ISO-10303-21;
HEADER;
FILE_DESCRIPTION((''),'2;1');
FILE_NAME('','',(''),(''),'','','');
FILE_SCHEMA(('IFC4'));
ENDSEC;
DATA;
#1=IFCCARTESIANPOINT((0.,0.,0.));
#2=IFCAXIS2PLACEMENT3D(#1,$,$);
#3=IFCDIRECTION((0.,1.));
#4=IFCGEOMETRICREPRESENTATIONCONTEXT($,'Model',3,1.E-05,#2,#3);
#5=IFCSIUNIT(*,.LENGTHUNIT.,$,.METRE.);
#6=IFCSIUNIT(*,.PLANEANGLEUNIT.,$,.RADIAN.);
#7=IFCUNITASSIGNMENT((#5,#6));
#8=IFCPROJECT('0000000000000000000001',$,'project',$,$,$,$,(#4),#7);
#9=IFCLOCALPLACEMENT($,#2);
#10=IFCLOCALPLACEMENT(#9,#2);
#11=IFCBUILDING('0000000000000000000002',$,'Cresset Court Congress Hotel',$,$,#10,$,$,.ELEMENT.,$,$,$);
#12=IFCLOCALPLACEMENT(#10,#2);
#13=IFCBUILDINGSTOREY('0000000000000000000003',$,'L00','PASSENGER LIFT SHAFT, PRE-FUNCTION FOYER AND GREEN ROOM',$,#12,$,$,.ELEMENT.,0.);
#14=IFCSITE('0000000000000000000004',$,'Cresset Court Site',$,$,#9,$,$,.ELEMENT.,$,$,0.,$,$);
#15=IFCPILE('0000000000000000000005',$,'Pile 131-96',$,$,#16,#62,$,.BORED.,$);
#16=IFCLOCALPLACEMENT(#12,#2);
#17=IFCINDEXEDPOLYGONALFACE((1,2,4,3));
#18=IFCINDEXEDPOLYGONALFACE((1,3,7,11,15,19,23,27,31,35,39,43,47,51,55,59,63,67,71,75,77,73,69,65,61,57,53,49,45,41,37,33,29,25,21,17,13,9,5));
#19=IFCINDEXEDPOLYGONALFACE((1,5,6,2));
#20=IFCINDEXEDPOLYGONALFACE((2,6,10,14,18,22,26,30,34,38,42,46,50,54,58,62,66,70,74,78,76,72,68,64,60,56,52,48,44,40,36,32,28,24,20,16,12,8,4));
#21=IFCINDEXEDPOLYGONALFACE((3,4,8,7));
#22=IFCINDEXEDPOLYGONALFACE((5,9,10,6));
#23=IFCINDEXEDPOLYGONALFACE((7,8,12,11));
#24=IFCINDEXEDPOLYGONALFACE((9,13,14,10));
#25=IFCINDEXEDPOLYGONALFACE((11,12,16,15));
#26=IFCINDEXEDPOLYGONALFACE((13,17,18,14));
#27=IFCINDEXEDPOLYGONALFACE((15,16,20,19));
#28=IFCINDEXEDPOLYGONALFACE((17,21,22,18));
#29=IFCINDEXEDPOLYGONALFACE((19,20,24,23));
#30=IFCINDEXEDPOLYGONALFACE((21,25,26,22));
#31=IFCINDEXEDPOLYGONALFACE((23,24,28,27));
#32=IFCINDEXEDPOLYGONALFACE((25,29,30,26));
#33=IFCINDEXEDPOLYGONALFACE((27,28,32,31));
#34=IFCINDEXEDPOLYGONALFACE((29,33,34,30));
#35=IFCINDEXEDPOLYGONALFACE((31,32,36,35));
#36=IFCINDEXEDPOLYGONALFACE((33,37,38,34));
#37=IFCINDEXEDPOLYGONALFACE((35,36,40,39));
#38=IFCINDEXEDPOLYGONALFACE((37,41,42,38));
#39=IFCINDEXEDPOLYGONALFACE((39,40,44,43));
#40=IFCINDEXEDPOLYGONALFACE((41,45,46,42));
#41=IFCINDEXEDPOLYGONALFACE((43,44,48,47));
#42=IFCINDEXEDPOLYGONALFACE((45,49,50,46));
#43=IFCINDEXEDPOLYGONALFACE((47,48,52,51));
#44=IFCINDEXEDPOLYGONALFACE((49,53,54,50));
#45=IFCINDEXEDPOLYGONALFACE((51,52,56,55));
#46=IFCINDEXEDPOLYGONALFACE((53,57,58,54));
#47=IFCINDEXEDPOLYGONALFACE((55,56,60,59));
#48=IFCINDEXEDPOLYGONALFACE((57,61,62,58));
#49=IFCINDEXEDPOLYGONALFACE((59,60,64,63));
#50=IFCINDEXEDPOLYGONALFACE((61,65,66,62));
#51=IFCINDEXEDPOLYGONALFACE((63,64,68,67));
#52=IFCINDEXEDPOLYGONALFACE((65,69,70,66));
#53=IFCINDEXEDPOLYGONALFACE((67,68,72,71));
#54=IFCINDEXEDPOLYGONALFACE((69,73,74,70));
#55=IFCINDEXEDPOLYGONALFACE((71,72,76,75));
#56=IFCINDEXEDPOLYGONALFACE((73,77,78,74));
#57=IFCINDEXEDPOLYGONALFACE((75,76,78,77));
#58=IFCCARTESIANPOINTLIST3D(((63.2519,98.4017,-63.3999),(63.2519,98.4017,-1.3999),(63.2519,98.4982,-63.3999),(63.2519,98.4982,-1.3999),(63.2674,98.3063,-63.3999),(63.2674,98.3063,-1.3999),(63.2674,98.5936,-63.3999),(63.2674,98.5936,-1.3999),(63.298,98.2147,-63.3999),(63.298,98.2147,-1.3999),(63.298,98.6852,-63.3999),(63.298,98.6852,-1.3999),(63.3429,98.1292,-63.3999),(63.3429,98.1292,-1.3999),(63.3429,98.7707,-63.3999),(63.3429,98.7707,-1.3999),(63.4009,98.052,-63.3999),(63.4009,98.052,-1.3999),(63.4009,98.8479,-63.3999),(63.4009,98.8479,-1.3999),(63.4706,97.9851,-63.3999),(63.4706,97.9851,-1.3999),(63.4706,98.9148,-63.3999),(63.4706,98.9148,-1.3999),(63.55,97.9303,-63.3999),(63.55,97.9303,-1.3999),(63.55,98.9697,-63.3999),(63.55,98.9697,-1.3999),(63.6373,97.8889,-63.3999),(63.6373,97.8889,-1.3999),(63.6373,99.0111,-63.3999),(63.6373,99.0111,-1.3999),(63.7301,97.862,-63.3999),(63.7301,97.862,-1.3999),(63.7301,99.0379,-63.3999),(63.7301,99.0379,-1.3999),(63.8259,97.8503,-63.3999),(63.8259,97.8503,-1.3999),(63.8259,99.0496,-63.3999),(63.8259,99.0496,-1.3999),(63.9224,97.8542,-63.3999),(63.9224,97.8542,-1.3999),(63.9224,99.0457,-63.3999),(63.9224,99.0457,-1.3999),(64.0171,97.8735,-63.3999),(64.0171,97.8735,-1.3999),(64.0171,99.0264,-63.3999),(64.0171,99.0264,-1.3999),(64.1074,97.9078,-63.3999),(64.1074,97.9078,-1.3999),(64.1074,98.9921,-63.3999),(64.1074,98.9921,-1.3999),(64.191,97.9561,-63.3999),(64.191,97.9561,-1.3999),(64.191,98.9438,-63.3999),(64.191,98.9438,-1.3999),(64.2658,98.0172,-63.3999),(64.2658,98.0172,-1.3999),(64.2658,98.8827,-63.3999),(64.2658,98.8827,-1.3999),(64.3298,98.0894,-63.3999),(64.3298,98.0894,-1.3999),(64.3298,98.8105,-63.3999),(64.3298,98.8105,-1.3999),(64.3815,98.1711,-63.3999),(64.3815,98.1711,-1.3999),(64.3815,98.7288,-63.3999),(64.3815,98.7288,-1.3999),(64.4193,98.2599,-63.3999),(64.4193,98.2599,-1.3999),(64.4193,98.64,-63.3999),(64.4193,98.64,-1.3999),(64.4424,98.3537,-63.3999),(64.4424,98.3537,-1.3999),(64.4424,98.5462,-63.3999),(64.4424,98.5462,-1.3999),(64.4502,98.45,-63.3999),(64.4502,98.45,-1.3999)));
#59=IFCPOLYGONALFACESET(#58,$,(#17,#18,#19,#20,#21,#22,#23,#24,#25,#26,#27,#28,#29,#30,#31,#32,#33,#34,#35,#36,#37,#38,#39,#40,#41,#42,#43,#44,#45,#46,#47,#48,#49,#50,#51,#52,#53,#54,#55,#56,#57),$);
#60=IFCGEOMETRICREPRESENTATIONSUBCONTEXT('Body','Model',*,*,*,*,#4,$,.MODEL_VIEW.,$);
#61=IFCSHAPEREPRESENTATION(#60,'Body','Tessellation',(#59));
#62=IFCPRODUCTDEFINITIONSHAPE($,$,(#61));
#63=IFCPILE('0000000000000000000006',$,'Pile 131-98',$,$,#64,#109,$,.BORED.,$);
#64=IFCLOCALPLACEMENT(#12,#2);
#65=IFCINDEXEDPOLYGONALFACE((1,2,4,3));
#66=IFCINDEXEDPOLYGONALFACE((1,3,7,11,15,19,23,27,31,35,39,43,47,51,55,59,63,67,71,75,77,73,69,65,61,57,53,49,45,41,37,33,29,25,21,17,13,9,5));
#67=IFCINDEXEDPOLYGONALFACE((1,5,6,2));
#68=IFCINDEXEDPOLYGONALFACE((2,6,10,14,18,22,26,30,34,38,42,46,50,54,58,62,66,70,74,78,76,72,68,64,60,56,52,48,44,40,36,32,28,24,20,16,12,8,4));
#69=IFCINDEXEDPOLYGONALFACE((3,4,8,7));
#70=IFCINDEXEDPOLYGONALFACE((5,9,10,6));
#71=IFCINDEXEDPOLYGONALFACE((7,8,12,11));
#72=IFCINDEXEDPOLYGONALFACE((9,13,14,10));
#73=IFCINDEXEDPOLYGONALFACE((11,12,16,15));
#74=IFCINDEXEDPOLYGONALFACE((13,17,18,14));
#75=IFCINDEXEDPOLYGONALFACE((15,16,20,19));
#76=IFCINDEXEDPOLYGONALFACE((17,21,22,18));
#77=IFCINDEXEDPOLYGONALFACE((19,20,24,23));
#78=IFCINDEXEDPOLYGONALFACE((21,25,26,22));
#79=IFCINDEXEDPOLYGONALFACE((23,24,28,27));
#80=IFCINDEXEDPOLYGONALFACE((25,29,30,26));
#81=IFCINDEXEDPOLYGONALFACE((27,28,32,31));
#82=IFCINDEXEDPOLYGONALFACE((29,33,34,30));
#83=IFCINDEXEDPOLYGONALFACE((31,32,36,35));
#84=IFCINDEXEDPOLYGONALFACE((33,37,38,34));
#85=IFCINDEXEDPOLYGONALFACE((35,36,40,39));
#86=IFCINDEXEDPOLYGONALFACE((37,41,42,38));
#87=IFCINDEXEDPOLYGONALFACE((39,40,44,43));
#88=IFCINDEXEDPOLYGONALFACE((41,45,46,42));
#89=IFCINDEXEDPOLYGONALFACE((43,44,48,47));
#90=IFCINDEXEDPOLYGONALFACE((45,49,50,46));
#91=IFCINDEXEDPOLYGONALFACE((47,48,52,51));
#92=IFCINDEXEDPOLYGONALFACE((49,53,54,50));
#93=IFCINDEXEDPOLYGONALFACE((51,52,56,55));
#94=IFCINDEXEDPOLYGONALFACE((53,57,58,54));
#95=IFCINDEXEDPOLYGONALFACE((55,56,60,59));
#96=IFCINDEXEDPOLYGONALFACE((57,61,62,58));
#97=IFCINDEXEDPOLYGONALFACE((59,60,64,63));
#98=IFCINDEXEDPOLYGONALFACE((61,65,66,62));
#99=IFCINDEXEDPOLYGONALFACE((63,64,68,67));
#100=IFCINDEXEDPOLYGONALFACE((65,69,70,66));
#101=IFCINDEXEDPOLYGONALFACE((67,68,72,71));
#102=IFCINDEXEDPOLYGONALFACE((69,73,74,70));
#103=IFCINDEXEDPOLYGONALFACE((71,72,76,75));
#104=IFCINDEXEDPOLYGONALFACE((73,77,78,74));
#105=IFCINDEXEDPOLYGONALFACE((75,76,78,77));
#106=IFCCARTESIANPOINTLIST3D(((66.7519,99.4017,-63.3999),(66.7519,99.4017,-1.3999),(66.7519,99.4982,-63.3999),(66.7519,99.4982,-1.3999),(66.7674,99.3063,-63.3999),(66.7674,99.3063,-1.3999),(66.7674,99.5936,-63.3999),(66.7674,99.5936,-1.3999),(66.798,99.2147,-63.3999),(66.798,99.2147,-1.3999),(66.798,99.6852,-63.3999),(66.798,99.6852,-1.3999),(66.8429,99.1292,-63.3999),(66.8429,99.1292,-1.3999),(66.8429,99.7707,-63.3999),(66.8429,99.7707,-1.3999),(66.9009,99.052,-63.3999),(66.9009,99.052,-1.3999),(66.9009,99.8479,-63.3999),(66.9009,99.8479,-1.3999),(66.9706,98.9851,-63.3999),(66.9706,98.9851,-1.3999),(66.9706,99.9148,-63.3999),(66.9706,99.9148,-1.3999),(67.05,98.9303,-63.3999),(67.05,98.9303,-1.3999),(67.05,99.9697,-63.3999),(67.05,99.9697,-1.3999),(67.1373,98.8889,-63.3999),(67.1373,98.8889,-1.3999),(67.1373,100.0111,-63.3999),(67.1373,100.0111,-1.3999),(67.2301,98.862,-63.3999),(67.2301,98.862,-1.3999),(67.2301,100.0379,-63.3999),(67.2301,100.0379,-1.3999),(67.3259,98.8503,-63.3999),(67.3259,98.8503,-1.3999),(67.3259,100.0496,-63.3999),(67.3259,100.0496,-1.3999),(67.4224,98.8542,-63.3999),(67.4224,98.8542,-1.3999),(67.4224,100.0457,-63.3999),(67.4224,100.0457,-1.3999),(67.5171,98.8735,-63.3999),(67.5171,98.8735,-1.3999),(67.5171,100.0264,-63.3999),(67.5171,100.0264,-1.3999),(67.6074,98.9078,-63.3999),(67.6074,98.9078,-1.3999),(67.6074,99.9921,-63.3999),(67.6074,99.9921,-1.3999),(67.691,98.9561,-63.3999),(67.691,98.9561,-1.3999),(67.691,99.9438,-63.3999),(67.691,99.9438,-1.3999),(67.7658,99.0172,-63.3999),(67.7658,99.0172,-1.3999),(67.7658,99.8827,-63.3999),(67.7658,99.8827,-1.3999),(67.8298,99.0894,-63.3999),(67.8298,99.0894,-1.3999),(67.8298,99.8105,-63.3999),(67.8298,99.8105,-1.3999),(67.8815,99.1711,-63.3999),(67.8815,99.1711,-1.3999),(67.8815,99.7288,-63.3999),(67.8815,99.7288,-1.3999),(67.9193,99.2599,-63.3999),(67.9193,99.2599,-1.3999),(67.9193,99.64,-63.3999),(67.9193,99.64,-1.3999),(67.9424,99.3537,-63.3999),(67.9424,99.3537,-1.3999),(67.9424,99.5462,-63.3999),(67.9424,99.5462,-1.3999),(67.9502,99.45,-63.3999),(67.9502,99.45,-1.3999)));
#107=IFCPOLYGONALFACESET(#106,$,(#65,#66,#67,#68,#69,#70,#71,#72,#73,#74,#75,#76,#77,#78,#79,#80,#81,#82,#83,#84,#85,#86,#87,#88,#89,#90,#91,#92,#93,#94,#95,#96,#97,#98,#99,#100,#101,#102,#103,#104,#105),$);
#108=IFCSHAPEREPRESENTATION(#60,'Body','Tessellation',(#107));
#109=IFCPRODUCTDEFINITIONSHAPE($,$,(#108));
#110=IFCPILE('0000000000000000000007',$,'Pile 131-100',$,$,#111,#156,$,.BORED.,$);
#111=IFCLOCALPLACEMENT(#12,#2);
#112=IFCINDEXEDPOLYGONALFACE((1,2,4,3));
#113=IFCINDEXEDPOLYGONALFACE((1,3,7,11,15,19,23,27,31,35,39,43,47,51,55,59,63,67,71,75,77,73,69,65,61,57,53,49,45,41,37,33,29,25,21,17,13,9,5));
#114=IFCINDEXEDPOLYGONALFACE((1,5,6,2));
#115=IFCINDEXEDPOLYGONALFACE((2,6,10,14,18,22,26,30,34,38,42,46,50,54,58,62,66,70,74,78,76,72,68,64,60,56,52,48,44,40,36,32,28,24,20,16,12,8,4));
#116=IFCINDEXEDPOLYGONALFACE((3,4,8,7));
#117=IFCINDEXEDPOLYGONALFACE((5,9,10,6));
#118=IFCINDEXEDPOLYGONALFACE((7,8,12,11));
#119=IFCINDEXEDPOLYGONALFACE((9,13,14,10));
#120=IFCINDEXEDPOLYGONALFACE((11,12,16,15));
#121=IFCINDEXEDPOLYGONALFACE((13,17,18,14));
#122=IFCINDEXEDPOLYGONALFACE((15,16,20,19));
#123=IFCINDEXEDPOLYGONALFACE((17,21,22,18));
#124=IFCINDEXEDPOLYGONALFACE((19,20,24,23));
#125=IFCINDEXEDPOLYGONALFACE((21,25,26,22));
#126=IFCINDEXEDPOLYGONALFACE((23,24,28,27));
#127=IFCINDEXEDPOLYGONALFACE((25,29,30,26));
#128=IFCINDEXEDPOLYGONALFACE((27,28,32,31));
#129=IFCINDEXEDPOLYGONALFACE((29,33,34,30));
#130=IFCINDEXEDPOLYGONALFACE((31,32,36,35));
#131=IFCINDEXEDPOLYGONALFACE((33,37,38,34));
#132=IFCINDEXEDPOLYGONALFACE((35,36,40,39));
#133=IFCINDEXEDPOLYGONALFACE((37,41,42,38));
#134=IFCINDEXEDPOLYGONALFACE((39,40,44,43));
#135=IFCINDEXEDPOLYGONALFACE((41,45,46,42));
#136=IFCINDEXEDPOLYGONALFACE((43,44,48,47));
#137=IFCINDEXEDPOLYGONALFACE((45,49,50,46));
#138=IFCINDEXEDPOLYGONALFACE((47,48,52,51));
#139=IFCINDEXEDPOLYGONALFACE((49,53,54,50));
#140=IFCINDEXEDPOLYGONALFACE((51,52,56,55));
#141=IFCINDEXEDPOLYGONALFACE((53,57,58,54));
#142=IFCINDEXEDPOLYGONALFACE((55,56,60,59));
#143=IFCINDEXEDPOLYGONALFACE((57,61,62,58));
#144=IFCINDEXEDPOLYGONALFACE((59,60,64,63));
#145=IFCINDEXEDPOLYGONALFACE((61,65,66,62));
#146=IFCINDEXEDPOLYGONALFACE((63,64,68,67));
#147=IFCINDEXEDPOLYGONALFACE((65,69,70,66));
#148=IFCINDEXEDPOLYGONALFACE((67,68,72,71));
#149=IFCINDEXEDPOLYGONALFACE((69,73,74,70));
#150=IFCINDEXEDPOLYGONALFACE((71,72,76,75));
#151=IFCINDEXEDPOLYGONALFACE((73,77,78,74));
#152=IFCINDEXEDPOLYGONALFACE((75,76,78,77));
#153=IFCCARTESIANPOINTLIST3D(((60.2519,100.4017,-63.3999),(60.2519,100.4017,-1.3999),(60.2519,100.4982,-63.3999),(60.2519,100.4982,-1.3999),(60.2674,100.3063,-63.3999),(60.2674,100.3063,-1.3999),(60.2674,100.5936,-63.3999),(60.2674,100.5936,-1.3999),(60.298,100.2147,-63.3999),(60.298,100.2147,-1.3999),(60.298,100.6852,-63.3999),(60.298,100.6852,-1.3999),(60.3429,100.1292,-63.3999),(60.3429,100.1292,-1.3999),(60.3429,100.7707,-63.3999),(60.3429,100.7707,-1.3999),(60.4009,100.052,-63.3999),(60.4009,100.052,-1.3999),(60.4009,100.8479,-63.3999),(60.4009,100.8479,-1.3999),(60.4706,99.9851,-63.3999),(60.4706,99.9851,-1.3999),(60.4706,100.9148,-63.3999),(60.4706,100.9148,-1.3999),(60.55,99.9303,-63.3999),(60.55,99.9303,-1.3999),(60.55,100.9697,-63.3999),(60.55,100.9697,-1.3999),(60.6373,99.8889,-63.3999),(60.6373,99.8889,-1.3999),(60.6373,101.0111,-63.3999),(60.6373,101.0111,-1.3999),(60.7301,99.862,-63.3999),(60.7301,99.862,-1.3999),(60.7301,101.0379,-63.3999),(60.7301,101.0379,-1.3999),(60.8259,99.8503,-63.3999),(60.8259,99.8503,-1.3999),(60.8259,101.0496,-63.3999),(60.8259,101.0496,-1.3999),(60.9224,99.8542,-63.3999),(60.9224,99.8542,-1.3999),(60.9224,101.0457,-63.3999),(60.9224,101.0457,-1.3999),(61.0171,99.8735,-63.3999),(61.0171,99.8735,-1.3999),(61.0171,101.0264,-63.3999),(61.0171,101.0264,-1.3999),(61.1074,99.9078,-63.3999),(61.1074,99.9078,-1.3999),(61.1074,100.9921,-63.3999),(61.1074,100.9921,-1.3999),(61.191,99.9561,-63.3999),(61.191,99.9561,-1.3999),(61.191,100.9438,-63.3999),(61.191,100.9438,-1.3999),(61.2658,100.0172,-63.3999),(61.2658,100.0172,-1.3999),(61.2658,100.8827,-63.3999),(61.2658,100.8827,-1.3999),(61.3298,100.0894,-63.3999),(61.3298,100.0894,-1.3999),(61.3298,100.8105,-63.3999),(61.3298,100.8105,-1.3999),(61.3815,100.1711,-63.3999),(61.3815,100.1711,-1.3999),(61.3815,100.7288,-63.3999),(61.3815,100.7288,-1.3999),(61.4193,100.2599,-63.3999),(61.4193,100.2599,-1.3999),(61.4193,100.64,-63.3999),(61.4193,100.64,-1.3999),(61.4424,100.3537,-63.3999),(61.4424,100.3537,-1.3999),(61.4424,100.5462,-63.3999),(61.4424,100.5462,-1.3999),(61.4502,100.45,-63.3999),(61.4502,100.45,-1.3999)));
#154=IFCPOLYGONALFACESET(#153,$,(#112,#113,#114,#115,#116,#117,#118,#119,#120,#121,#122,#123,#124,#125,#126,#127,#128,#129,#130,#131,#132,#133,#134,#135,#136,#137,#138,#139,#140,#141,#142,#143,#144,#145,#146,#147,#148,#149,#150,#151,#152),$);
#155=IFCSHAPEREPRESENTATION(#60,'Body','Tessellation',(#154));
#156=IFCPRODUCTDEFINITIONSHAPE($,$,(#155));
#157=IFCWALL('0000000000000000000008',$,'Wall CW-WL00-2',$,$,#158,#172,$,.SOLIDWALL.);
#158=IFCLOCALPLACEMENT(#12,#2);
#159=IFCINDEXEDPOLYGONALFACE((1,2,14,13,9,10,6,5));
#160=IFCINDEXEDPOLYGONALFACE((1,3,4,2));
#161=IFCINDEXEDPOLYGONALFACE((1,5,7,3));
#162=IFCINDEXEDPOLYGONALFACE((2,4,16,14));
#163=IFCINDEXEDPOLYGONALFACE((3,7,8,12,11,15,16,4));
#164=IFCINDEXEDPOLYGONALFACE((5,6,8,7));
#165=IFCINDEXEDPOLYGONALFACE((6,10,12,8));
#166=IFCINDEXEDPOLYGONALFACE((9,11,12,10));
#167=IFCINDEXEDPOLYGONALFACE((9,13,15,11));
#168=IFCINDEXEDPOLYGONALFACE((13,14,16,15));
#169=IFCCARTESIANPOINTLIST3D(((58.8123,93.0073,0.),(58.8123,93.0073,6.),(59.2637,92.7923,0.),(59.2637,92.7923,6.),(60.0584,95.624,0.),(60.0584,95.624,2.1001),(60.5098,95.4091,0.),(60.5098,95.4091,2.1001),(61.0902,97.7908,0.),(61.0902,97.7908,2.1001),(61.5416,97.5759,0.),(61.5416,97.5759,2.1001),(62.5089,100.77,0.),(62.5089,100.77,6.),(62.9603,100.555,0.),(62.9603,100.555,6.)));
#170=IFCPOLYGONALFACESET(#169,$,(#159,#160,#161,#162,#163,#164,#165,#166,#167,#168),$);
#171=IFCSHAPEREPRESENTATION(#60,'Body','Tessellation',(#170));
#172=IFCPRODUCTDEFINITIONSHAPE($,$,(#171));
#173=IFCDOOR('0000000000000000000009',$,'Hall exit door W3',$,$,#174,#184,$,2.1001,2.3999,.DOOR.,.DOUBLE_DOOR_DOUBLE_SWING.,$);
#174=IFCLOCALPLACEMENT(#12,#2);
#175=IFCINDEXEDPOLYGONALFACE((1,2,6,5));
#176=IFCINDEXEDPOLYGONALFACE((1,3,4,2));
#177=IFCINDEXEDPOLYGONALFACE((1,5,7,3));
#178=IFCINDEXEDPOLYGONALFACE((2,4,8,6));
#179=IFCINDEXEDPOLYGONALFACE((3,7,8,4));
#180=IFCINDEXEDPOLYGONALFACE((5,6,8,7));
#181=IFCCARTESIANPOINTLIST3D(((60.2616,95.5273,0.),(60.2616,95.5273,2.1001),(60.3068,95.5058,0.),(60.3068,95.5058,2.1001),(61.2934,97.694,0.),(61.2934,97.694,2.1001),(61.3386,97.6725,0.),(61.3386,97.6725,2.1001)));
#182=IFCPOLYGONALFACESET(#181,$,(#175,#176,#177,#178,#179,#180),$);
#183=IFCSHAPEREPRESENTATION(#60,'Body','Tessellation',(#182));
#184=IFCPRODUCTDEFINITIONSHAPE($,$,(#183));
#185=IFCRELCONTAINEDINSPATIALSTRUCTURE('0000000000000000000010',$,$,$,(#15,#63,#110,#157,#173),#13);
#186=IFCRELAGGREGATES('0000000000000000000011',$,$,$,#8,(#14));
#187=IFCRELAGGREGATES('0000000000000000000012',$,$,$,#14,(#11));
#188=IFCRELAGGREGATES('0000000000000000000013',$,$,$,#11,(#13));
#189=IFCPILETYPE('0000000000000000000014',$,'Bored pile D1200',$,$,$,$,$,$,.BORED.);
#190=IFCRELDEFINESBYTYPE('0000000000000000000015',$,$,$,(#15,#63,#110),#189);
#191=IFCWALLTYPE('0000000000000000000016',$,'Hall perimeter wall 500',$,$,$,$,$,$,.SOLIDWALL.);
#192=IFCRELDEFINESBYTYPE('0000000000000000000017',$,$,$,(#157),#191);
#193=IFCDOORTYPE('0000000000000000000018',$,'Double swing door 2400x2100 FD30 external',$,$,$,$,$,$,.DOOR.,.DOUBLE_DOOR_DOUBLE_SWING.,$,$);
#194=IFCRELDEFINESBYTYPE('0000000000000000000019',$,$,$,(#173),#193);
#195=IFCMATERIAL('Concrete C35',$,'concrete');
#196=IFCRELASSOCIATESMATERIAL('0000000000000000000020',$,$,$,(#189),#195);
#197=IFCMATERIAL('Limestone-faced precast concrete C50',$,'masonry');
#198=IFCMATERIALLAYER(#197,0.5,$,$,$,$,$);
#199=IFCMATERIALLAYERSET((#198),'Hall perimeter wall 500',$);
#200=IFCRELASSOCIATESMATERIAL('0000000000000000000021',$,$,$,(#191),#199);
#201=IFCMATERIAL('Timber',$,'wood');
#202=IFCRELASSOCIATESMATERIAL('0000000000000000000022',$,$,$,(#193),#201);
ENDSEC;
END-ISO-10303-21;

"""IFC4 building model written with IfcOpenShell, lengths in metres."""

from ifc_helpers import new_model, si_unit, direction, frame, frame_2d, origin, origin_2d, place, context, subcontext, project, spatial, rectangle, circle, extrude, material, layer, layer_set, type_object, element, fill, save


model = new_model("IFC4")

# Units and contexts
model_context = context("Model", 3, precision=1e-05, world=origin(), true_north=direction((0.0, 1.0)))
body_context = subcontext(model_context, "Body", "Model", "MODEL_VIEW")
ifc_project = project(units=[si_unit("LENGTHUNIT", "METRE"), si_unit("PLANEANGLEUNIT", "RADIAN")], contexts=[model_context])

# Site, building, storey
site_placement = place(None, origin())
site = spatial("IfcSite", under=ifc_project, at=site_placement, Name="Cresset Court Site", CompositionType="ELEMENT", RefElevation=0.0)
building_placement = place(site_placement, origin())
building = spatial("IfcBuilding", under=site, at=building_placement, Name="Cresset Court Congress Hotel", CompositionType="ELEMENT")
storey_placement = place(building_placement, origin())
storey = spatial("IfcBuildingStorey", under=building, at=storey_placement, Name="L00", Description="PASSENGER LIFT SHAFT, PRE-FUNCTION FOYER AND GREEN ROOM", CompositionType="ELEMENT", Elevation=0.0)

# Piles
ifc_material_1 = material(Name="Concrete C35", Category="concrete")
pile_type = type_object("IfcPileType", Name="Bored pile D1200", PredefinedType="BORED", material=ifc_material_1)
for number, where, z_axis, x_axis, name in (
    (1, (63.8501, 98.45, -1.3999), (0.0, 0.0, -1.0), (1.0, 0.0, 0.0), "Pile 131-96"),
    (2, (67.3501, 99.45, -1.3999), (0.0, 0.0, -1.0), (1.0, 0.0, 0.0), "Pile 131-98"),
    (3, (60.8501, 100.45, -1.3999), (0.0, 0.0, -1.0), (1.0, 0.0, 0.0), "Pile 131-100"),
):
    element("IfcPile", number, at=place(storey_placement, frame(where, z_axis=z_axis, x_axis=x_axis)), inside=storey, type_object=pile_type, Name=name, PredefinedType="BORED", context=body_context, shape_type="SweptSolid", body=[
        extrude(circle(Radius=0.6001, at=origin_2d()), origin(), (0.0, 0.0, 1.0), 62.0),
    ])

# Wall, opening, door
ifc_material_2 = material(Name="Limestone-faced precast concrete C50", Category="masonry")
ifc_layer_1 = layer(ifc_material_2, 0.5)
ifc_layer_set_1 = layer_set([ifc_layer_1], Name="Hall perimeter wall 500")
wall_type_1 = type_object("IfcWallType", Name="Hall perimeter wall 500", PredefinedType="SOLIDWALL", material=ifc_layer_set_1)
wall_1_placement = place(storey_placement, frame((59.0381, 92.8999, 0.0), z_axis=(0.0, 0.0, 1.0), x_axis=(0.429935, 0.90286, 0.0)))
wall_1 = element("IfcWall", 4, at=wall_1_placement, inside=storey, type_object=wall_type_1, Name="Wall CW-WL00-2", PredefinedType="SOLIDWALL", context=body_context, shape_type="SweptSolid", body=[
    extrude(rectangle(XDim=8.5979, YDim=0.5, at=frame_2d((4.2988, 0.0))), origin(), (0.0, 0.0, 1.0), 6.0),
])
opening_1_placement = place(wall_1_placement, frame((2.8982, 0.0, 0.0)))
opening_1 = element("IfcOpeningElement", 5, at=opening_1_placement, cuts=wall_1, PredefinedType="OPENING", context=body_context, shape_type="SweptSolid", body=[
    extrude(rectangle(XDim=2.3999, YDim=2.1001, at=frame_2d((1.2, 1.05))), frame((0.0, 0.26, 0.0), z_axis=(0.0, -1.0, 0.0), x_axis=(1.0, 0.0, 0.0)), (0.0, 0.0, 1.0), 0.52),
])
ifc_material_3 = material(Name="Timber", Category="wood")
door_type = type_object("IfcDoorType", Name="Double swing door 2400x2100 FD30 external", OperationType="DOUBLE_DOOR_DOUBLE_SWING", PredefinedType="DOOR", material=ifc_material_3)
door_1_placement = place(opening_1_placement, origin())
door_1 = element("IfcDoor", 6, at=door_1_placement, inside=storey, type_object=door_type, Name="Hall exit door W3", OperationType="DOUBLE_DOOR_DOUBLE_SWING", OverallHeight=2.1001, OverallWidth=2.3999, PredefinedType="DOOR", context=body_context, shape_type="SweptSolid", body=[
    extrude(rectangle(XDim=2.3999, YDim=2.1001, at=frame_2d((1.2, 1.05))), frame((0.0, 0.0249, 0.0), z_axis=(0.0, -1.0, 0.0), x_axis=(1.0, 0.0, 0.0)), (0.0, 0.0, 1.0), 0.05),
])
fill(opening_1, door_1)

save(model, "model.ifc")
